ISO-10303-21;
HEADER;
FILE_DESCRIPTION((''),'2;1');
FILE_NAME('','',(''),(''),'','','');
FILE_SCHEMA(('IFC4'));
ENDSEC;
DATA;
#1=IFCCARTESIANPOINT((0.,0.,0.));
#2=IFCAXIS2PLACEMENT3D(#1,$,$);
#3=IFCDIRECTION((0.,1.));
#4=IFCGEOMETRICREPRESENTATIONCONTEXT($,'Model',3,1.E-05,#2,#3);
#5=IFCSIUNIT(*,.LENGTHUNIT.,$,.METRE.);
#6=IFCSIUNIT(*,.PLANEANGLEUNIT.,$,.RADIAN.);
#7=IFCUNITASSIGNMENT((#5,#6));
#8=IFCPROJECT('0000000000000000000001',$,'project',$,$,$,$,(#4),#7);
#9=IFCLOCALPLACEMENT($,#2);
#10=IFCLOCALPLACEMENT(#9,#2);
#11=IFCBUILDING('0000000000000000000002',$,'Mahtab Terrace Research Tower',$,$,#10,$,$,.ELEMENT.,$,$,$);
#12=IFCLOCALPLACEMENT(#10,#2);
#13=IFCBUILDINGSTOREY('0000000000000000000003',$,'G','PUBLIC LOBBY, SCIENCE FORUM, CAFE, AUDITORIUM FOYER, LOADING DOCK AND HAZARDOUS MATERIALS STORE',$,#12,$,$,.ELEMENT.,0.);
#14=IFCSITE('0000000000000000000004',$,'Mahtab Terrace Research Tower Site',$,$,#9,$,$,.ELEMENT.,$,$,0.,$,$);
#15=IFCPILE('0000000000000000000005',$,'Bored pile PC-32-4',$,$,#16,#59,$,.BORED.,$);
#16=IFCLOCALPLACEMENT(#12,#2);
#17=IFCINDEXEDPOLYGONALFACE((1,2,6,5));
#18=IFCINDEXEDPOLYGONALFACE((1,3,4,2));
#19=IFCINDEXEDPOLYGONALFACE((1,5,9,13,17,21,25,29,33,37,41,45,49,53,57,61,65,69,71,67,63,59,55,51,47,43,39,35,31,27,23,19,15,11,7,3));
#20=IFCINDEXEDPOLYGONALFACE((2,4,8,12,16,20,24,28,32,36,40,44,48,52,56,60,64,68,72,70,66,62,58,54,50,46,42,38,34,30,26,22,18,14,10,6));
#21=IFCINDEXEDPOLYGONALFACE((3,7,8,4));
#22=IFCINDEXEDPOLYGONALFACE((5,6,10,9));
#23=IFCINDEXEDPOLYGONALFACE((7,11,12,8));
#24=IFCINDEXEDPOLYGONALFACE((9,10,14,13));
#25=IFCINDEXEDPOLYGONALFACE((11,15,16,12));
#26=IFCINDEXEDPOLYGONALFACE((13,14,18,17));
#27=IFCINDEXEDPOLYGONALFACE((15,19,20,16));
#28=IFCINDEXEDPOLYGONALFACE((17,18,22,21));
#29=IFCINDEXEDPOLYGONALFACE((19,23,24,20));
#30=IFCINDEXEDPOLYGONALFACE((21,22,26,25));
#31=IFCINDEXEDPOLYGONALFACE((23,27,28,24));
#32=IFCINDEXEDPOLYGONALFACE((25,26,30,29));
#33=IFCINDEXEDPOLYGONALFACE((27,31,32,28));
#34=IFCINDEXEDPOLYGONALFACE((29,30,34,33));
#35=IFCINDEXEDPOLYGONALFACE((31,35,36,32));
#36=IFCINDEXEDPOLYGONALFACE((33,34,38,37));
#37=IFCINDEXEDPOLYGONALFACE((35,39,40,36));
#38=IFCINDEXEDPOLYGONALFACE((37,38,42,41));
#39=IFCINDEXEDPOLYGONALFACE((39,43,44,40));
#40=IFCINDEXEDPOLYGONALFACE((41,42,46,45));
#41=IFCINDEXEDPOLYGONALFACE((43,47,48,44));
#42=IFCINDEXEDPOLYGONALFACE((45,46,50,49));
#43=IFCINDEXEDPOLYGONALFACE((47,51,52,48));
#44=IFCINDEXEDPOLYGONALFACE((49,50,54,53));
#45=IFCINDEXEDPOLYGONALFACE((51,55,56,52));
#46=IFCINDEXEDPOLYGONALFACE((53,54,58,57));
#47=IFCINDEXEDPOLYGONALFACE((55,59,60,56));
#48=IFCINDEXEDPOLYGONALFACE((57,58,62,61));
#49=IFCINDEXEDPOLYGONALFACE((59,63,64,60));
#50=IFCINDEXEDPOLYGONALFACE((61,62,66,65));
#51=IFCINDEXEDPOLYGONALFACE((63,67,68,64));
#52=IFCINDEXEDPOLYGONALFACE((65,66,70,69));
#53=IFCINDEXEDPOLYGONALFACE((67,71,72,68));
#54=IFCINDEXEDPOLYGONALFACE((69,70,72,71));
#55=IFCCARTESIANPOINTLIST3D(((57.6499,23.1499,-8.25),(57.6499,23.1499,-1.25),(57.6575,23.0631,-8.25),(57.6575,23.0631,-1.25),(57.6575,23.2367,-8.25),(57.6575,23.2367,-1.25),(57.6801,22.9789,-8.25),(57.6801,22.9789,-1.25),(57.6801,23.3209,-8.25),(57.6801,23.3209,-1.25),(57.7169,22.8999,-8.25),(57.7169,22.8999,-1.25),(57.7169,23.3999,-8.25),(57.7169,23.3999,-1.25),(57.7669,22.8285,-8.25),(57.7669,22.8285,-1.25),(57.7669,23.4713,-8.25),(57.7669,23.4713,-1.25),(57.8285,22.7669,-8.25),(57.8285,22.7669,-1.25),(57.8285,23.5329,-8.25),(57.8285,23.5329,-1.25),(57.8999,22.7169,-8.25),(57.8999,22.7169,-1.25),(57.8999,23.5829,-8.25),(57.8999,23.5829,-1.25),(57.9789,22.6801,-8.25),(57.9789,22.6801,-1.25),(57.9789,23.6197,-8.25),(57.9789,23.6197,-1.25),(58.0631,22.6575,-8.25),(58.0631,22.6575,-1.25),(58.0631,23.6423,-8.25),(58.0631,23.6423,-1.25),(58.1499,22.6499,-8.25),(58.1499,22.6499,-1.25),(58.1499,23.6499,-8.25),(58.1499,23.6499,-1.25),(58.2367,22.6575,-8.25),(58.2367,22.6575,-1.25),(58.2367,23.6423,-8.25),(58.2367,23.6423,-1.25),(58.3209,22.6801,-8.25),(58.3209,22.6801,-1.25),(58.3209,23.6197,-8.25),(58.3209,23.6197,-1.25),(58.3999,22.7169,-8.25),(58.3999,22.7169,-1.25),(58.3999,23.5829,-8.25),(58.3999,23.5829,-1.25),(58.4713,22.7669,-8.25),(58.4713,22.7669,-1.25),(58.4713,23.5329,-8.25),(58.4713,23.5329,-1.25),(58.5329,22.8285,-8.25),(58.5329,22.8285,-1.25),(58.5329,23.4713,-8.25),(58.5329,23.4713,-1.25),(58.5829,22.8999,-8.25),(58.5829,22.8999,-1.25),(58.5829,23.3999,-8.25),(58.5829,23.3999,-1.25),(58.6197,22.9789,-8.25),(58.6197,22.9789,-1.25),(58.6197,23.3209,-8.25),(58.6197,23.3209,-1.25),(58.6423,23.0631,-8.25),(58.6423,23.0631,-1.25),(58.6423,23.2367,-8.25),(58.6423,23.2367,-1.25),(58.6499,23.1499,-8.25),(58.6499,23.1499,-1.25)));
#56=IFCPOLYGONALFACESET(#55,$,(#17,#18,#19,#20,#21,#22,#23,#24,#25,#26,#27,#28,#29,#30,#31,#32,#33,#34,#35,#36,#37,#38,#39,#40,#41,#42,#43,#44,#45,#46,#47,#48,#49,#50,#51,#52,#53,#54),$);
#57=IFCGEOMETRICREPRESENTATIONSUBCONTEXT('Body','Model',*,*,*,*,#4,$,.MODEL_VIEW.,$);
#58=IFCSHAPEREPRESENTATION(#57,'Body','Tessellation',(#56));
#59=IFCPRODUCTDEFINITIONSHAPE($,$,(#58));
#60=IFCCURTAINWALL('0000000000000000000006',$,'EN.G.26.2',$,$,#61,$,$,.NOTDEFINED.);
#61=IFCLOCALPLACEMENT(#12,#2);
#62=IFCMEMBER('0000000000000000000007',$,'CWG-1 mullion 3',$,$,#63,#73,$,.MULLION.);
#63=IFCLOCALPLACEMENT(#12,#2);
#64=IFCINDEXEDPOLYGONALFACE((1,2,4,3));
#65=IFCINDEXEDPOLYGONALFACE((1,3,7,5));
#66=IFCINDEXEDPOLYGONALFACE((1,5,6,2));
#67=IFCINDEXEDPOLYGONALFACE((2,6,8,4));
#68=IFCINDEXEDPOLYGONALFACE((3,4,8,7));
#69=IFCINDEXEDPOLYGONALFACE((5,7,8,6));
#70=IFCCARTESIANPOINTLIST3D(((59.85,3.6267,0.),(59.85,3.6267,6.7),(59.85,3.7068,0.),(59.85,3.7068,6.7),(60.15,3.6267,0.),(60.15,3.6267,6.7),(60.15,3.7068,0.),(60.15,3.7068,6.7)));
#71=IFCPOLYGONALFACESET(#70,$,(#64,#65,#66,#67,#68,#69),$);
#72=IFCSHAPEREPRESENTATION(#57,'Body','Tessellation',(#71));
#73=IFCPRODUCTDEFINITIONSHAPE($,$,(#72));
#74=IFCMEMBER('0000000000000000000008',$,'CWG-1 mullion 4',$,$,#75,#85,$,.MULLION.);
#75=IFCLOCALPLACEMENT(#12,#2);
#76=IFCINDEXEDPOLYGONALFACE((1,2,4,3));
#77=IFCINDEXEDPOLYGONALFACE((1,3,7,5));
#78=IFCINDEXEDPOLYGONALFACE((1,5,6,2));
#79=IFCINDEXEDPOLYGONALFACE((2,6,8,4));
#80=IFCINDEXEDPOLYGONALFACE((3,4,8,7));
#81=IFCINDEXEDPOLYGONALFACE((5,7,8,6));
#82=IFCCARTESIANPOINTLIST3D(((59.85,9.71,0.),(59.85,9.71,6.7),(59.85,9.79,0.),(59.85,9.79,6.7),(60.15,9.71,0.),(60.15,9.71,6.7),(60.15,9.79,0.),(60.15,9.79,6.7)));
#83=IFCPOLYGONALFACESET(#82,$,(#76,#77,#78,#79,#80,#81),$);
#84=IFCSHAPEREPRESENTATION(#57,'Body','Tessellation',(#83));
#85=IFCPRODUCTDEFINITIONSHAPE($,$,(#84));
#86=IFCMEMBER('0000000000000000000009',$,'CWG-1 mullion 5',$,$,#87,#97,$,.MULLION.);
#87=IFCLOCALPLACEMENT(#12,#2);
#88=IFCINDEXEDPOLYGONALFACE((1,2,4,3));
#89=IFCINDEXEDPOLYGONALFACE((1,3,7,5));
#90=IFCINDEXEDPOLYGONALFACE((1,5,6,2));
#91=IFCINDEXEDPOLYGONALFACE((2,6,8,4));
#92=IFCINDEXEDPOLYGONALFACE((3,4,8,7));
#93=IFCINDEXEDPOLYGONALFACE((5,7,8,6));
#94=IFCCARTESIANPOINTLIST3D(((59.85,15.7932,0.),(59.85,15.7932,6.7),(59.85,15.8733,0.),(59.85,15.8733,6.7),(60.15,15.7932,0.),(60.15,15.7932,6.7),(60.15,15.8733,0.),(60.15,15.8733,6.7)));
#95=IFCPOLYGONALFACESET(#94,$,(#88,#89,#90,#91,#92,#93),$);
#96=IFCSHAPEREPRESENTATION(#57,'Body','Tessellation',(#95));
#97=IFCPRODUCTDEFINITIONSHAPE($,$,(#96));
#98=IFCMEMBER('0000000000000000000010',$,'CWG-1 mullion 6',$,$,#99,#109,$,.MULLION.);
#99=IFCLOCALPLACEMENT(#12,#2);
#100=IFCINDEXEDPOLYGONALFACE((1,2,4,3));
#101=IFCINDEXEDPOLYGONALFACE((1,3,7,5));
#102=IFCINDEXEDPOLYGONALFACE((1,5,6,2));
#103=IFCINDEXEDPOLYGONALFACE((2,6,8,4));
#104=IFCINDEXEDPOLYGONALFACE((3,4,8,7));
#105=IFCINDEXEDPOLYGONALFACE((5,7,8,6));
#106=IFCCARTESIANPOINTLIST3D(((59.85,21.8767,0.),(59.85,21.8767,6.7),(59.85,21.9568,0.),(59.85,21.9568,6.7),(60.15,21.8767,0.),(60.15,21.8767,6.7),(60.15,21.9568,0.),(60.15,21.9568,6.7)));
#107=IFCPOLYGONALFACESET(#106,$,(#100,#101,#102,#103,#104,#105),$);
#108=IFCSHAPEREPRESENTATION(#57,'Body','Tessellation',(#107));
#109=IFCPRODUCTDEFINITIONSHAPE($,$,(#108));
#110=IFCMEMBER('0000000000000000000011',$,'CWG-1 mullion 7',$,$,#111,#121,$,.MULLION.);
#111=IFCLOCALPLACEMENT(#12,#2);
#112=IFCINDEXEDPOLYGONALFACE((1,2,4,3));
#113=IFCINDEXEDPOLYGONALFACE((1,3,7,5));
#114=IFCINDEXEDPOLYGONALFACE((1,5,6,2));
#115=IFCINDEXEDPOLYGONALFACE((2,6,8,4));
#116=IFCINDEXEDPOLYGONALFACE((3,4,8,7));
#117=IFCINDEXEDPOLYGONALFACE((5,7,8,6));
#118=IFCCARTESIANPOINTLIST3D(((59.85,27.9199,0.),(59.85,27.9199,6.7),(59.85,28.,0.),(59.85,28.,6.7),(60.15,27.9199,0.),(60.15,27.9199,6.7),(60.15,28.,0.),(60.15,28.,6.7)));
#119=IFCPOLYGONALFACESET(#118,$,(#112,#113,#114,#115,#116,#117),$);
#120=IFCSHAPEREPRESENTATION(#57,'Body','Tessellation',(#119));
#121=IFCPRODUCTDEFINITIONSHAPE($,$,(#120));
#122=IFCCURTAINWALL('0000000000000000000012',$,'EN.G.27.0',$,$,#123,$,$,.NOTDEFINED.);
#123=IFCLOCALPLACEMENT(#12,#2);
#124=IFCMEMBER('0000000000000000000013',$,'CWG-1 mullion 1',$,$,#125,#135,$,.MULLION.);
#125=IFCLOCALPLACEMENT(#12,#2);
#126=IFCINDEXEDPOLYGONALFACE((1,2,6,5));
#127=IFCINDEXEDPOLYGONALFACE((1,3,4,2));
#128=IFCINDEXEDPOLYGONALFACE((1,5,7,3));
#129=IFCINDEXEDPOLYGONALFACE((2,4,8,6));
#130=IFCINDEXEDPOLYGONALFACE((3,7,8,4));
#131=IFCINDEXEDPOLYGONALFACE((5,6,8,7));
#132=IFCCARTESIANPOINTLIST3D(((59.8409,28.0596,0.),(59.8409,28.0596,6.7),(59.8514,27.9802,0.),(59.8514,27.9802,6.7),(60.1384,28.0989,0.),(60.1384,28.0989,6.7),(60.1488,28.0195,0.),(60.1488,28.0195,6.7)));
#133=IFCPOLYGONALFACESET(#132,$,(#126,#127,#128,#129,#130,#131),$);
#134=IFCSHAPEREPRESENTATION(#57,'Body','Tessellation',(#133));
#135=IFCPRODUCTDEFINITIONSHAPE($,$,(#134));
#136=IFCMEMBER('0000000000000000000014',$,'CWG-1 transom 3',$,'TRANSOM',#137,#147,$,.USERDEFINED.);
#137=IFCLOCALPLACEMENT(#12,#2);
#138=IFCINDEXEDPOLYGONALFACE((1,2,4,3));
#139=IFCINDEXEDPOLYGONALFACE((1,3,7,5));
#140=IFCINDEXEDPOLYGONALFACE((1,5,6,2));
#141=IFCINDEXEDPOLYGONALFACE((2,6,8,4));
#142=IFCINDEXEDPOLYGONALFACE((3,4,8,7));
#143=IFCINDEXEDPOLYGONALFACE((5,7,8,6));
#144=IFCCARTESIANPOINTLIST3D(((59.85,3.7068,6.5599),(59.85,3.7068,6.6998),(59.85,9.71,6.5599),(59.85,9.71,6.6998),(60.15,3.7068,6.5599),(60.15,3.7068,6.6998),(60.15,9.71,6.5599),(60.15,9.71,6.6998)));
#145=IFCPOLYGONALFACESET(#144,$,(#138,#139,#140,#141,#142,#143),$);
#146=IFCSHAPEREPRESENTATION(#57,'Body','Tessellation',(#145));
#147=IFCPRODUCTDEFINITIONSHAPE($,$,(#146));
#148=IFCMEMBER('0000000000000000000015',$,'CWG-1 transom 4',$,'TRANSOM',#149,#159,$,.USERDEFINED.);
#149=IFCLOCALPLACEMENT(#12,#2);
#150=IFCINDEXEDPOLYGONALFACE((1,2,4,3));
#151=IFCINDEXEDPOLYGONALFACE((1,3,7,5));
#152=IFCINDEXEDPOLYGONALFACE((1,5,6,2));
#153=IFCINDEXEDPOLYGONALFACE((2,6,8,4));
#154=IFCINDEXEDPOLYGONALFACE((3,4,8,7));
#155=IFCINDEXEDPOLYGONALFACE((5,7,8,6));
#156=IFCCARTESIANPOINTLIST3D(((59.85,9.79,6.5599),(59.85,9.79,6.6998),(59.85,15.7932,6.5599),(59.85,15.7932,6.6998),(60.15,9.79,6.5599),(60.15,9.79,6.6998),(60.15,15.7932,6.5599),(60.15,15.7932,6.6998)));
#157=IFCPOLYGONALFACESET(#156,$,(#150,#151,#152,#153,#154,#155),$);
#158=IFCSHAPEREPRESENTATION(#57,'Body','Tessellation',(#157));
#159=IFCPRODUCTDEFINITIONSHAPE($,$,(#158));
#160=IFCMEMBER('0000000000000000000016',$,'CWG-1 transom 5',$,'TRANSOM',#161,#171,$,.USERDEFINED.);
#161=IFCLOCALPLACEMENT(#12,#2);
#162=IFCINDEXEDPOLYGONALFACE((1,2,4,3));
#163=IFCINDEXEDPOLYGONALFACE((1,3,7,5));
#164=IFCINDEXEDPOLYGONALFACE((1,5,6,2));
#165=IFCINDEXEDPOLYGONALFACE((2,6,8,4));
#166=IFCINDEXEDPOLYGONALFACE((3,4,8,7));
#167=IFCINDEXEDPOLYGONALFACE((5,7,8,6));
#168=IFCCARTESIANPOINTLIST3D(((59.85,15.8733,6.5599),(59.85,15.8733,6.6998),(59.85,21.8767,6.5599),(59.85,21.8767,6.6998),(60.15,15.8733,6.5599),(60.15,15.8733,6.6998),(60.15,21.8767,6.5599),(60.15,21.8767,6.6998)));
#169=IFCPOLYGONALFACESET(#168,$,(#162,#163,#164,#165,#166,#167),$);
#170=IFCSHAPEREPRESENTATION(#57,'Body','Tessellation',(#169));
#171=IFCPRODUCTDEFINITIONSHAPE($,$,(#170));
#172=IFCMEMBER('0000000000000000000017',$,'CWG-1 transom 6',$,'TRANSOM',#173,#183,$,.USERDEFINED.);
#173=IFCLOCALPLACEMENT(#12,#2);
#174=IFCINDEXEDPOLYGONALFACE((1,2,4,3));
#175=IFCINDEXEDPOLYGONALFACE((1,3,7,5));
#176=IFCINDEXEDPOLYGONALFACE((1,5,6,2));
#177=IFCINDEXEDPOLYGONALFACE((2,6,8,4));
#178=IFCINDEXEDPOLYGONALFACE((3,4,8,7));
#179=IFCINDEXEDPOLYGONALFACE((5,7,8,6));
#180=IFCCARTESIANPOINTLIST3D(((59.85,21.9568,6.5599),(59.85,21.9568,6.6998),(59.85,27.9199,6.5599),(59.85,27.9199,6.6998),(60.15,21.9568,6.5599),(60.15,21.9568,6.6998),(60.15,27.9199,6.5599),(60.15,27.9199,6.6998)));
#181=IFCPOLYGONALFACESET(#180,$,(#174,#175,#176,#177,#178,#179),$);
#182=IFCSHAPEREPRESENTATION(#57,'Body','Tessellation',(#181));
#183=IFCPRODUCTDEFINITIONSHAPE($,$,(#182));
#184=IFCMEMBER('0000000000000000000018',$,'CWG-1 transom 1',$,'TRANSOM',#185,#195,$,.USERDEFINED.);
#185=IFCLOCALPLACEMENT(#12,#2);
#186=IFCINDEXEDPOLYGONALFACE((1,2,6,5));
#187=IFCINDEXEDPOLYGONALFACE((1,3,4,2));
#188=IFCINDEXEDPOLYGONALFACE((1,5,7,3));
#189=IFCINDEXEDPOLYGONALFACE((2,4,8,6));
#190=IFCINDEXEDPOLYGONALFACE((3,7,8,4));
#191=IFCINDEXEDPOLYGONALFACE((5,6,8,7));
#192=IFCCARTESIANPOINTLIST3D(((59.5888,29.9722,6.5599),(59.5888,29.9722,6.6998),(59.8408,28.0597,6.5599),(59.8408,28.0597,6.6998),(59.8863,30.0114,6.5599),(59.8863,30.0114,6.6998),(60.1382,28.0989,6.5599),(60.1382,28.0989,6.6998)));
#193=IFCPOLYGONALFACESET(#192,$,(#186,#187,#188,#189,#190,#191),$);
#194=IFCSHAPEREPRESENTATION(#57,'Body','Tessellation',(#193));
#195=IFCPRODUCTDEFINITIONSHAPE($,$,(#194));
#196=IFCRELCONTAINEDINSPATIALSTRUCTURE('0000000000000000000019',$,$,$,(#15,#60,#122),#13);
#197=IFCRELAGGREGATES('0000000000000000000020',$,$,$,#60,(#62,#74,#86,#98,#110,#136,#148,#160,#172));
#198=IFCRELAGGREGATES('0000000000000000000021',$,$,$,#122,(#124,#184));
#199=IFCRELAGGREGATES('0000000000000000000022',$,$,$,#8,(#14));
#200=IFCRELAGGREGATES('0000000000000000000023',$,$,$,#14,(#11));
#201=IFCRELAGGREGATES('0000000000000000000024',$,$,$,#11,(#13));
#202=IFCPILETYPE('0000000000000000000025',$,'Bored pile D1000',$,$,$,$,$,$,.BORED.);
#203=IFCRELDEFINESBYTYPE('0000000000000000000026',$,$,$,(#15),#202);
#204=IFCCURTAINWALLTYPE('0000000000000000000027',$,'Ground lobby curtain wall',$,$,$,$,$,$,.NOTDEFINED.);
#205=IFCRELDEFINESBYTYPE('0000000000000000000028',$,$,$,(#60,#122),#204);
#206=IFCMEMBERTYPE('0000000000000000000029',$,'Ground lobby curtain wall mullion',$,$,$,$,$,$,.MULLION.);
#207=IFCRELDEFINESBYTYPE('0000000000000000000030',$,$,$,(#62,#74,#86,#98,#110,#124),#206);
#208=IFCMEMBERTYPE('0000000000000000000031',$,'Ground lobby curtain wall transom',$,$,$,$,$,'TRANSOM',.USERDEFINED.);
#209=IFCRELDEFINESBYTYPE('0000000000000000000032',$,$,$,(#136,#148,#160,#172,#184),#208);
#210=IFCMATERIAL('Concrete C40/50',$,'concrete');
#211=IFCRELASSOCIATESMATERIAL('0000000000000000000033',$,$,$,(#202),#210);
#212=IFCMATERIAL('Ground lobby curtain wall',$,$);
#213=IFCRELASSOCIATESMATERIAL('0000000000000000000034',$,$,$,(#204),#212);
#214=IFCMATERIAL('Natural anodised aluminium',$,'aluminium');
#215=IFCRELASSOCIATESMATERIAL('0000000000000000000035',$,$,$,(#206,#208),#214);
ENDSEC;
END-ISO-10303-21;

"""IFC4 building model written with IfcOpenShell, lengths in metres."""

from ifc_helpers import new_model, si_unit, direction, frame, origin, origin_2d, place, context, subcontext, project, spatial, rectangle, circle, extrude, material, material_profile, profile_set, type_object, element, aggregate, save


model = new_model("IFC4")

# Units and contexts
model_context = context("Model", 3, precision=1e-05, world=origin(), true_north=direction((0.0, 1.0)))
body_context = subcontext(model_context, "Body", "Model", "MODEL_VIEW")
ifc_project = project(units=[si_unit("LENGTHUNIT", "METRE"), si_unit("PLANEANGLEUNIT", "RADIAN")], contexts=[model_context])

# Site, building, storey
site_placement = place(None, origin())
site = spatial("IfcSite", under=ifc_project, at=site_placement, Name="Mahtab Terrace Research Tower Site", CompositionType="ELEMENT", RefElevation=0.0)
building_placement = place(site_placement, origin())
building = spatial("IfcBuilding", under=site, at=building_placement, Name="Mahtab Terrace Research Tower", CompositionType="ELEMENT")
storey_placement = place(building_placement, origin())
storey = spatial("IfcBuildingStorey", under=building, at=storey_placement, Name="G", Description="PUBLIC LOBBY, SCIENCE FORUM, CAFE, AUDITORIUM FOYER, LOADING DOCK AND HAZARDOUS MATERIALS STORE", CompositionType="ELEMENT", Elevation=0.0)

# Pile
ifc_material_1 = material(Name="Concrete C40/50", Category="concrete")
ifc_material_profile_1 = material_profile(ifc_material_1, circle(Radius=0.5, at=origin_2d()), Name="Bored pile D1000")
ifc_profile_set_1 = profile_set([ifc_material_profile_1], Name="Concrete C40/50")
pile_type = type_object("IfcPileType", Name="Bored pile D1000", PredefinedType="BORED", material=ifc_profile_set_1)
pile_placement = place(storey_placement, frame((58.1499, 23.1499, -1.25), z_axis=(0.0, 0.0, -1.0), x_axis=(1.0, 0.0, 0.0)))
element("IfcPile", 1, at=pile_placement, inside=storey, type_object=pile_type, Name="Bored pile PC-32-4", PredefinedType="BORED", context=body_context, shape_type="SweptSolid", body=[
    extrude(circle(Radius=0.5, at=origin_2d()), origin(), (0.0, 0.0, 1.0), 7.0),
])

# Curtain wall, members
ifc_material_2 = material(Name="Ground lobby curtain wall")
curtain_wall_type = type_object("IfcCurtainWallType", Name="Ground lobby curtain wall", PredefinedType="NOTDEFINED", material=ifc_material_2)
curtain_wall_1_placement = place(storey_placement, origin())
curtain_wall_1 = element("IfcCurtainWall", 2, at=curtain_wall_1_placement, inside=storey, type_object=curtain_wall_type, Name="EN.G.26.2", PredefinedType="NOTDEFINED")
ifc_material_3 = material(Name="Natural anodised aluminium", Category="aluminium")
ifc_material_profile_2 = material_profile(ifc_material_3, rectangle(XDim=0.3, YDim=0.0801, at=origin_2d()), Name="MULLION 80x300")
ifc_profile_set_2 = profile_set([ifc_material_profile_2], Name="Natural anodised aluminium")
member_type_1 = type_object("IfcMemberType", Name="Ground lobby curtain wall mullion", PredefinedType="MULLION", material=ifc_profile_set_2)
member_1_placement = place(storey_placement, frame((60.0, 3.6667, 0.0), z_axis=(0.0, 0.0, 1.0), x_axis=(-1.0, 0.0, 0.0)))
member_1 = element("IfcMember", 3, at=member_1_placement, type_object=member_type_1, Name="CWG-1 mullion 3", PredefinedType="MULLION", context=body_context, shape_type="SweptSolid", body=[
    extrude(rectangle(XDim=0.3, YDim=0.0801, at=origin_2d()), origin(), (0.0, 0.0, 1.0), 6.7),
])
member_2_placement = place(storey_placement, frame((60.0, 9.75, 0.0), z_axis=(0.0, 0.0, 1.0), x_axis=(-1.0, 0.0, 0.0)))
member_2 = element("IfcMember", 4, at=member_2_placement, type_object=member_type_1, Name="CWG-1 mullion 4", PredefinedType="MULLION", context=body_context, shape_type="SweptSolid", body=[
    extrude(rectangle(XDim=0.3, YDim=0.0801, at=origin_2d()), origin(), (0.0, 0.0, 1.0), 6.7),
])
member_3_placement = place(storey_placement, frame((60.0, 15.8333, 0.0), z_axis=(0.0, 0.0, 1.0), x_axis=(-1.0, 0.0, 0.0)))
member_3 = element("IfcMember", 5, at=member_3_placement, type_object=member_type_1, Name="CWG-1 mullion 5", PredefinedType="MULLION", context=body_context, shape_type="SweptSolid", body=[
    extrude(rectangle(XDim=0.3, YDim=0.0801, at=origin_2d()), origin(), (0.0, 0.0, 1.0), 6.7),
])
member_4_placement = place(storey_placement, frame((60.0, 21.9167, 0.0), z_axis=(0.0, 0.0, 1.0), x_axis=(-1.0, 0.0, 0.0)))
member_4 = element("IfcMember", 6, at=member_4_placement, type_object=member_type_1, Name="CWG-1 mullion 6", PredefinedType="MULLION", context=body_context, shape_type="SweptSolid", body=[
    extrude(rectangle(XDim=0.3, YDim=0.0801, at=origin_2d()), origin(), (0.0, 0.0, 1.0), 6.7),
])
member_5_placement = place(storey_placement, frame((60.0, 27.96, 0.0), z_axis=(0.0, 0.0, 1.0), x_axis=(-1.0, 0.0, 0.0)))
member_5 = element("IfcMember", 7, at=member_5_placement, type_object=member_type_1, Name="CWG-1 mullion 7", PredefinedType="MULLION", context=body_context, shape_type="SweptSolid", body=[
    extrude(rectangle(XDim=0.3, YDim=0.0801, at=origin_2d()), origin(), (0.0, 0.0, 1.0), 6.7),
])

# Curtain wall, member
curtain_wall_2_placement = place(storey_placement, origin())
curtain_wall_2 = element("IfcCurtainWall", 8, at=curtain_wall_2_placement, inside=storey, type_object=curtain_wall_type, Name="EN.G.27.0", PredefinedType="NOTDEFINED")
member_6_placement = place(storey_placement, frame((59.9949, 28.0396, 0.0), z_axis=(0.0, 0.0, 1.0), x_axis=(-0.991423, -0.13069, 0.0)))
member_6 = element("IfcMember", 9, at=member_6_placement, type_object=member_type_1, Name="CWG-1 mullion 1", PredefinedType="MULLION", context=body_context, shape_type="SweptSolid", body=[
    extrude(rectangle(XDim=0.3, YDim=0.0801, at=origin_2d()), origin(), (0.0, 0.0, 1.0), 6.7),
])

# Members
ifc_material_profile_3 = material_profile(ifc_material_3, rectangle(XDim=0.3, YDim=0.1399, at=origin_2d()), Name="TRANSOM 140x300")
ifc_profile_set_3 = profile_set([ifc_material_profile_3], Name="Natural anodised aluminium")
member_type_2 = type_object("IfcMemberType", Name="Ground lobby curtain wall transom", ElementType="TRANSOM", PredefinedType="USERDEFINED", material=ifc_profile_set_3)
member_7_placement = place(storey_placement, frame((60.0, 3.7068, 6.6299), z_axis=(0.0, 1.0, 0.0), x_axis=(-1.0, 0.0, 0.0)))
member_7 = element("IfcMember", 10, at=member_7_placement, type_object=member_type_2, Name="CWG-1 transom 3", ObjectType="TRANSOM", PredefinedType="USERDEFINED", context=body_context, shape_type="SweptSolid", body=[
    extrude(rectangle(XDim=0.3, YDim=0.1399, at=origin_2d()), origin(), (0.0, 0.0, 1.0), 6.0032),
])
member_8_placement = place(storey_placement, frame((60.0, 9.79, 6.6299), z_axis=(0.0, 1.0, 0.0), x_axis=(-1.0, 0.0, 0.0)))
member_8 = element("IfcMember", 11, at=member_8_placement, type_object=member_type_2, Name="CWG-1 transom 4", ObjectType="TRANSOM", PredefinedType="USERDEFINED", context=body_context, shape_type="SweptSolid", body=[
    extrude(rectangle(XDim=0.3, YDim=0.1399, at=origin_2d()), origin(), (0.0, 0.0, 1.0), 6.0032),
])
member_9_placement = place(storey_placement, frame((60.0, 15.8733, 6.6299), z_axis=(0.0, 1.0, 0.0), x_axis=(-1.0, 0.0, 0.0)))
member_9 = element("IfcMember", 12, at=member_9_placement, type_object=member_type_2, Name="CWG-1 transom 5", ObjectType="TRANSOM", PredefinedType="USERDEFINED", context=body_context, shape_type="SweptSolid", body=[
    extrude(rectangle(XDim=0.3, YDim=0.1399, at=origin_2d()), origin(), (0.0, 0.0, 1.0), 6.0034),
])
member_10_placement = place(storey_placement, frame((60.0, 21.9568, 6.6299), z_axis=(0.0, 1.0, 0.0), x_axis=(-1.0, 0.0, 0.0)))
member_10 = element("IfcMember", 13, at=member_10_placement, type_object=member_type_2, Name="CWG-1 transom 6", ObjectType="TRANSOM", PredefinedType="USERDEFINED", context=body_context, shape_type="SweptSolid", body=[
    extrude(rectangle(XDim=0.3, YDim=0.1399, at=origin_2d()), origin(), (0.0, 0.0, 1.0), 5.9631),
])
member_11_placement = place(storey_placement, frame((59.9895, 28.0793, 6.6299), z_axis=(-0.130621, 0.991432, 0.0), x_axis=(-0.991432, -0.130621, 0.0)))
member_11 = element("IfcMember", 14, at=member_11_placement, type_object=member_type_2, Name="CWG-1 transom 1", ObjectType="TRANSOM", PredefinedType="USERDEFINED", context=body_context, shape_type="SweptSolid", body=[
    extrude(rectangle(XDim=0.3, YDim=0.1399, at=origin_2d()), origin(), (0.0, 0.0, 1.0), 1.929),
])

aggregate(curtain_wall_1, [member_1, member_2, member_3, member_4, member_5, member_7, member_8, member_9, member_10])
aggregate(curtain_wall_2, [member_6, member_11])

save(model, "model.ifc")
